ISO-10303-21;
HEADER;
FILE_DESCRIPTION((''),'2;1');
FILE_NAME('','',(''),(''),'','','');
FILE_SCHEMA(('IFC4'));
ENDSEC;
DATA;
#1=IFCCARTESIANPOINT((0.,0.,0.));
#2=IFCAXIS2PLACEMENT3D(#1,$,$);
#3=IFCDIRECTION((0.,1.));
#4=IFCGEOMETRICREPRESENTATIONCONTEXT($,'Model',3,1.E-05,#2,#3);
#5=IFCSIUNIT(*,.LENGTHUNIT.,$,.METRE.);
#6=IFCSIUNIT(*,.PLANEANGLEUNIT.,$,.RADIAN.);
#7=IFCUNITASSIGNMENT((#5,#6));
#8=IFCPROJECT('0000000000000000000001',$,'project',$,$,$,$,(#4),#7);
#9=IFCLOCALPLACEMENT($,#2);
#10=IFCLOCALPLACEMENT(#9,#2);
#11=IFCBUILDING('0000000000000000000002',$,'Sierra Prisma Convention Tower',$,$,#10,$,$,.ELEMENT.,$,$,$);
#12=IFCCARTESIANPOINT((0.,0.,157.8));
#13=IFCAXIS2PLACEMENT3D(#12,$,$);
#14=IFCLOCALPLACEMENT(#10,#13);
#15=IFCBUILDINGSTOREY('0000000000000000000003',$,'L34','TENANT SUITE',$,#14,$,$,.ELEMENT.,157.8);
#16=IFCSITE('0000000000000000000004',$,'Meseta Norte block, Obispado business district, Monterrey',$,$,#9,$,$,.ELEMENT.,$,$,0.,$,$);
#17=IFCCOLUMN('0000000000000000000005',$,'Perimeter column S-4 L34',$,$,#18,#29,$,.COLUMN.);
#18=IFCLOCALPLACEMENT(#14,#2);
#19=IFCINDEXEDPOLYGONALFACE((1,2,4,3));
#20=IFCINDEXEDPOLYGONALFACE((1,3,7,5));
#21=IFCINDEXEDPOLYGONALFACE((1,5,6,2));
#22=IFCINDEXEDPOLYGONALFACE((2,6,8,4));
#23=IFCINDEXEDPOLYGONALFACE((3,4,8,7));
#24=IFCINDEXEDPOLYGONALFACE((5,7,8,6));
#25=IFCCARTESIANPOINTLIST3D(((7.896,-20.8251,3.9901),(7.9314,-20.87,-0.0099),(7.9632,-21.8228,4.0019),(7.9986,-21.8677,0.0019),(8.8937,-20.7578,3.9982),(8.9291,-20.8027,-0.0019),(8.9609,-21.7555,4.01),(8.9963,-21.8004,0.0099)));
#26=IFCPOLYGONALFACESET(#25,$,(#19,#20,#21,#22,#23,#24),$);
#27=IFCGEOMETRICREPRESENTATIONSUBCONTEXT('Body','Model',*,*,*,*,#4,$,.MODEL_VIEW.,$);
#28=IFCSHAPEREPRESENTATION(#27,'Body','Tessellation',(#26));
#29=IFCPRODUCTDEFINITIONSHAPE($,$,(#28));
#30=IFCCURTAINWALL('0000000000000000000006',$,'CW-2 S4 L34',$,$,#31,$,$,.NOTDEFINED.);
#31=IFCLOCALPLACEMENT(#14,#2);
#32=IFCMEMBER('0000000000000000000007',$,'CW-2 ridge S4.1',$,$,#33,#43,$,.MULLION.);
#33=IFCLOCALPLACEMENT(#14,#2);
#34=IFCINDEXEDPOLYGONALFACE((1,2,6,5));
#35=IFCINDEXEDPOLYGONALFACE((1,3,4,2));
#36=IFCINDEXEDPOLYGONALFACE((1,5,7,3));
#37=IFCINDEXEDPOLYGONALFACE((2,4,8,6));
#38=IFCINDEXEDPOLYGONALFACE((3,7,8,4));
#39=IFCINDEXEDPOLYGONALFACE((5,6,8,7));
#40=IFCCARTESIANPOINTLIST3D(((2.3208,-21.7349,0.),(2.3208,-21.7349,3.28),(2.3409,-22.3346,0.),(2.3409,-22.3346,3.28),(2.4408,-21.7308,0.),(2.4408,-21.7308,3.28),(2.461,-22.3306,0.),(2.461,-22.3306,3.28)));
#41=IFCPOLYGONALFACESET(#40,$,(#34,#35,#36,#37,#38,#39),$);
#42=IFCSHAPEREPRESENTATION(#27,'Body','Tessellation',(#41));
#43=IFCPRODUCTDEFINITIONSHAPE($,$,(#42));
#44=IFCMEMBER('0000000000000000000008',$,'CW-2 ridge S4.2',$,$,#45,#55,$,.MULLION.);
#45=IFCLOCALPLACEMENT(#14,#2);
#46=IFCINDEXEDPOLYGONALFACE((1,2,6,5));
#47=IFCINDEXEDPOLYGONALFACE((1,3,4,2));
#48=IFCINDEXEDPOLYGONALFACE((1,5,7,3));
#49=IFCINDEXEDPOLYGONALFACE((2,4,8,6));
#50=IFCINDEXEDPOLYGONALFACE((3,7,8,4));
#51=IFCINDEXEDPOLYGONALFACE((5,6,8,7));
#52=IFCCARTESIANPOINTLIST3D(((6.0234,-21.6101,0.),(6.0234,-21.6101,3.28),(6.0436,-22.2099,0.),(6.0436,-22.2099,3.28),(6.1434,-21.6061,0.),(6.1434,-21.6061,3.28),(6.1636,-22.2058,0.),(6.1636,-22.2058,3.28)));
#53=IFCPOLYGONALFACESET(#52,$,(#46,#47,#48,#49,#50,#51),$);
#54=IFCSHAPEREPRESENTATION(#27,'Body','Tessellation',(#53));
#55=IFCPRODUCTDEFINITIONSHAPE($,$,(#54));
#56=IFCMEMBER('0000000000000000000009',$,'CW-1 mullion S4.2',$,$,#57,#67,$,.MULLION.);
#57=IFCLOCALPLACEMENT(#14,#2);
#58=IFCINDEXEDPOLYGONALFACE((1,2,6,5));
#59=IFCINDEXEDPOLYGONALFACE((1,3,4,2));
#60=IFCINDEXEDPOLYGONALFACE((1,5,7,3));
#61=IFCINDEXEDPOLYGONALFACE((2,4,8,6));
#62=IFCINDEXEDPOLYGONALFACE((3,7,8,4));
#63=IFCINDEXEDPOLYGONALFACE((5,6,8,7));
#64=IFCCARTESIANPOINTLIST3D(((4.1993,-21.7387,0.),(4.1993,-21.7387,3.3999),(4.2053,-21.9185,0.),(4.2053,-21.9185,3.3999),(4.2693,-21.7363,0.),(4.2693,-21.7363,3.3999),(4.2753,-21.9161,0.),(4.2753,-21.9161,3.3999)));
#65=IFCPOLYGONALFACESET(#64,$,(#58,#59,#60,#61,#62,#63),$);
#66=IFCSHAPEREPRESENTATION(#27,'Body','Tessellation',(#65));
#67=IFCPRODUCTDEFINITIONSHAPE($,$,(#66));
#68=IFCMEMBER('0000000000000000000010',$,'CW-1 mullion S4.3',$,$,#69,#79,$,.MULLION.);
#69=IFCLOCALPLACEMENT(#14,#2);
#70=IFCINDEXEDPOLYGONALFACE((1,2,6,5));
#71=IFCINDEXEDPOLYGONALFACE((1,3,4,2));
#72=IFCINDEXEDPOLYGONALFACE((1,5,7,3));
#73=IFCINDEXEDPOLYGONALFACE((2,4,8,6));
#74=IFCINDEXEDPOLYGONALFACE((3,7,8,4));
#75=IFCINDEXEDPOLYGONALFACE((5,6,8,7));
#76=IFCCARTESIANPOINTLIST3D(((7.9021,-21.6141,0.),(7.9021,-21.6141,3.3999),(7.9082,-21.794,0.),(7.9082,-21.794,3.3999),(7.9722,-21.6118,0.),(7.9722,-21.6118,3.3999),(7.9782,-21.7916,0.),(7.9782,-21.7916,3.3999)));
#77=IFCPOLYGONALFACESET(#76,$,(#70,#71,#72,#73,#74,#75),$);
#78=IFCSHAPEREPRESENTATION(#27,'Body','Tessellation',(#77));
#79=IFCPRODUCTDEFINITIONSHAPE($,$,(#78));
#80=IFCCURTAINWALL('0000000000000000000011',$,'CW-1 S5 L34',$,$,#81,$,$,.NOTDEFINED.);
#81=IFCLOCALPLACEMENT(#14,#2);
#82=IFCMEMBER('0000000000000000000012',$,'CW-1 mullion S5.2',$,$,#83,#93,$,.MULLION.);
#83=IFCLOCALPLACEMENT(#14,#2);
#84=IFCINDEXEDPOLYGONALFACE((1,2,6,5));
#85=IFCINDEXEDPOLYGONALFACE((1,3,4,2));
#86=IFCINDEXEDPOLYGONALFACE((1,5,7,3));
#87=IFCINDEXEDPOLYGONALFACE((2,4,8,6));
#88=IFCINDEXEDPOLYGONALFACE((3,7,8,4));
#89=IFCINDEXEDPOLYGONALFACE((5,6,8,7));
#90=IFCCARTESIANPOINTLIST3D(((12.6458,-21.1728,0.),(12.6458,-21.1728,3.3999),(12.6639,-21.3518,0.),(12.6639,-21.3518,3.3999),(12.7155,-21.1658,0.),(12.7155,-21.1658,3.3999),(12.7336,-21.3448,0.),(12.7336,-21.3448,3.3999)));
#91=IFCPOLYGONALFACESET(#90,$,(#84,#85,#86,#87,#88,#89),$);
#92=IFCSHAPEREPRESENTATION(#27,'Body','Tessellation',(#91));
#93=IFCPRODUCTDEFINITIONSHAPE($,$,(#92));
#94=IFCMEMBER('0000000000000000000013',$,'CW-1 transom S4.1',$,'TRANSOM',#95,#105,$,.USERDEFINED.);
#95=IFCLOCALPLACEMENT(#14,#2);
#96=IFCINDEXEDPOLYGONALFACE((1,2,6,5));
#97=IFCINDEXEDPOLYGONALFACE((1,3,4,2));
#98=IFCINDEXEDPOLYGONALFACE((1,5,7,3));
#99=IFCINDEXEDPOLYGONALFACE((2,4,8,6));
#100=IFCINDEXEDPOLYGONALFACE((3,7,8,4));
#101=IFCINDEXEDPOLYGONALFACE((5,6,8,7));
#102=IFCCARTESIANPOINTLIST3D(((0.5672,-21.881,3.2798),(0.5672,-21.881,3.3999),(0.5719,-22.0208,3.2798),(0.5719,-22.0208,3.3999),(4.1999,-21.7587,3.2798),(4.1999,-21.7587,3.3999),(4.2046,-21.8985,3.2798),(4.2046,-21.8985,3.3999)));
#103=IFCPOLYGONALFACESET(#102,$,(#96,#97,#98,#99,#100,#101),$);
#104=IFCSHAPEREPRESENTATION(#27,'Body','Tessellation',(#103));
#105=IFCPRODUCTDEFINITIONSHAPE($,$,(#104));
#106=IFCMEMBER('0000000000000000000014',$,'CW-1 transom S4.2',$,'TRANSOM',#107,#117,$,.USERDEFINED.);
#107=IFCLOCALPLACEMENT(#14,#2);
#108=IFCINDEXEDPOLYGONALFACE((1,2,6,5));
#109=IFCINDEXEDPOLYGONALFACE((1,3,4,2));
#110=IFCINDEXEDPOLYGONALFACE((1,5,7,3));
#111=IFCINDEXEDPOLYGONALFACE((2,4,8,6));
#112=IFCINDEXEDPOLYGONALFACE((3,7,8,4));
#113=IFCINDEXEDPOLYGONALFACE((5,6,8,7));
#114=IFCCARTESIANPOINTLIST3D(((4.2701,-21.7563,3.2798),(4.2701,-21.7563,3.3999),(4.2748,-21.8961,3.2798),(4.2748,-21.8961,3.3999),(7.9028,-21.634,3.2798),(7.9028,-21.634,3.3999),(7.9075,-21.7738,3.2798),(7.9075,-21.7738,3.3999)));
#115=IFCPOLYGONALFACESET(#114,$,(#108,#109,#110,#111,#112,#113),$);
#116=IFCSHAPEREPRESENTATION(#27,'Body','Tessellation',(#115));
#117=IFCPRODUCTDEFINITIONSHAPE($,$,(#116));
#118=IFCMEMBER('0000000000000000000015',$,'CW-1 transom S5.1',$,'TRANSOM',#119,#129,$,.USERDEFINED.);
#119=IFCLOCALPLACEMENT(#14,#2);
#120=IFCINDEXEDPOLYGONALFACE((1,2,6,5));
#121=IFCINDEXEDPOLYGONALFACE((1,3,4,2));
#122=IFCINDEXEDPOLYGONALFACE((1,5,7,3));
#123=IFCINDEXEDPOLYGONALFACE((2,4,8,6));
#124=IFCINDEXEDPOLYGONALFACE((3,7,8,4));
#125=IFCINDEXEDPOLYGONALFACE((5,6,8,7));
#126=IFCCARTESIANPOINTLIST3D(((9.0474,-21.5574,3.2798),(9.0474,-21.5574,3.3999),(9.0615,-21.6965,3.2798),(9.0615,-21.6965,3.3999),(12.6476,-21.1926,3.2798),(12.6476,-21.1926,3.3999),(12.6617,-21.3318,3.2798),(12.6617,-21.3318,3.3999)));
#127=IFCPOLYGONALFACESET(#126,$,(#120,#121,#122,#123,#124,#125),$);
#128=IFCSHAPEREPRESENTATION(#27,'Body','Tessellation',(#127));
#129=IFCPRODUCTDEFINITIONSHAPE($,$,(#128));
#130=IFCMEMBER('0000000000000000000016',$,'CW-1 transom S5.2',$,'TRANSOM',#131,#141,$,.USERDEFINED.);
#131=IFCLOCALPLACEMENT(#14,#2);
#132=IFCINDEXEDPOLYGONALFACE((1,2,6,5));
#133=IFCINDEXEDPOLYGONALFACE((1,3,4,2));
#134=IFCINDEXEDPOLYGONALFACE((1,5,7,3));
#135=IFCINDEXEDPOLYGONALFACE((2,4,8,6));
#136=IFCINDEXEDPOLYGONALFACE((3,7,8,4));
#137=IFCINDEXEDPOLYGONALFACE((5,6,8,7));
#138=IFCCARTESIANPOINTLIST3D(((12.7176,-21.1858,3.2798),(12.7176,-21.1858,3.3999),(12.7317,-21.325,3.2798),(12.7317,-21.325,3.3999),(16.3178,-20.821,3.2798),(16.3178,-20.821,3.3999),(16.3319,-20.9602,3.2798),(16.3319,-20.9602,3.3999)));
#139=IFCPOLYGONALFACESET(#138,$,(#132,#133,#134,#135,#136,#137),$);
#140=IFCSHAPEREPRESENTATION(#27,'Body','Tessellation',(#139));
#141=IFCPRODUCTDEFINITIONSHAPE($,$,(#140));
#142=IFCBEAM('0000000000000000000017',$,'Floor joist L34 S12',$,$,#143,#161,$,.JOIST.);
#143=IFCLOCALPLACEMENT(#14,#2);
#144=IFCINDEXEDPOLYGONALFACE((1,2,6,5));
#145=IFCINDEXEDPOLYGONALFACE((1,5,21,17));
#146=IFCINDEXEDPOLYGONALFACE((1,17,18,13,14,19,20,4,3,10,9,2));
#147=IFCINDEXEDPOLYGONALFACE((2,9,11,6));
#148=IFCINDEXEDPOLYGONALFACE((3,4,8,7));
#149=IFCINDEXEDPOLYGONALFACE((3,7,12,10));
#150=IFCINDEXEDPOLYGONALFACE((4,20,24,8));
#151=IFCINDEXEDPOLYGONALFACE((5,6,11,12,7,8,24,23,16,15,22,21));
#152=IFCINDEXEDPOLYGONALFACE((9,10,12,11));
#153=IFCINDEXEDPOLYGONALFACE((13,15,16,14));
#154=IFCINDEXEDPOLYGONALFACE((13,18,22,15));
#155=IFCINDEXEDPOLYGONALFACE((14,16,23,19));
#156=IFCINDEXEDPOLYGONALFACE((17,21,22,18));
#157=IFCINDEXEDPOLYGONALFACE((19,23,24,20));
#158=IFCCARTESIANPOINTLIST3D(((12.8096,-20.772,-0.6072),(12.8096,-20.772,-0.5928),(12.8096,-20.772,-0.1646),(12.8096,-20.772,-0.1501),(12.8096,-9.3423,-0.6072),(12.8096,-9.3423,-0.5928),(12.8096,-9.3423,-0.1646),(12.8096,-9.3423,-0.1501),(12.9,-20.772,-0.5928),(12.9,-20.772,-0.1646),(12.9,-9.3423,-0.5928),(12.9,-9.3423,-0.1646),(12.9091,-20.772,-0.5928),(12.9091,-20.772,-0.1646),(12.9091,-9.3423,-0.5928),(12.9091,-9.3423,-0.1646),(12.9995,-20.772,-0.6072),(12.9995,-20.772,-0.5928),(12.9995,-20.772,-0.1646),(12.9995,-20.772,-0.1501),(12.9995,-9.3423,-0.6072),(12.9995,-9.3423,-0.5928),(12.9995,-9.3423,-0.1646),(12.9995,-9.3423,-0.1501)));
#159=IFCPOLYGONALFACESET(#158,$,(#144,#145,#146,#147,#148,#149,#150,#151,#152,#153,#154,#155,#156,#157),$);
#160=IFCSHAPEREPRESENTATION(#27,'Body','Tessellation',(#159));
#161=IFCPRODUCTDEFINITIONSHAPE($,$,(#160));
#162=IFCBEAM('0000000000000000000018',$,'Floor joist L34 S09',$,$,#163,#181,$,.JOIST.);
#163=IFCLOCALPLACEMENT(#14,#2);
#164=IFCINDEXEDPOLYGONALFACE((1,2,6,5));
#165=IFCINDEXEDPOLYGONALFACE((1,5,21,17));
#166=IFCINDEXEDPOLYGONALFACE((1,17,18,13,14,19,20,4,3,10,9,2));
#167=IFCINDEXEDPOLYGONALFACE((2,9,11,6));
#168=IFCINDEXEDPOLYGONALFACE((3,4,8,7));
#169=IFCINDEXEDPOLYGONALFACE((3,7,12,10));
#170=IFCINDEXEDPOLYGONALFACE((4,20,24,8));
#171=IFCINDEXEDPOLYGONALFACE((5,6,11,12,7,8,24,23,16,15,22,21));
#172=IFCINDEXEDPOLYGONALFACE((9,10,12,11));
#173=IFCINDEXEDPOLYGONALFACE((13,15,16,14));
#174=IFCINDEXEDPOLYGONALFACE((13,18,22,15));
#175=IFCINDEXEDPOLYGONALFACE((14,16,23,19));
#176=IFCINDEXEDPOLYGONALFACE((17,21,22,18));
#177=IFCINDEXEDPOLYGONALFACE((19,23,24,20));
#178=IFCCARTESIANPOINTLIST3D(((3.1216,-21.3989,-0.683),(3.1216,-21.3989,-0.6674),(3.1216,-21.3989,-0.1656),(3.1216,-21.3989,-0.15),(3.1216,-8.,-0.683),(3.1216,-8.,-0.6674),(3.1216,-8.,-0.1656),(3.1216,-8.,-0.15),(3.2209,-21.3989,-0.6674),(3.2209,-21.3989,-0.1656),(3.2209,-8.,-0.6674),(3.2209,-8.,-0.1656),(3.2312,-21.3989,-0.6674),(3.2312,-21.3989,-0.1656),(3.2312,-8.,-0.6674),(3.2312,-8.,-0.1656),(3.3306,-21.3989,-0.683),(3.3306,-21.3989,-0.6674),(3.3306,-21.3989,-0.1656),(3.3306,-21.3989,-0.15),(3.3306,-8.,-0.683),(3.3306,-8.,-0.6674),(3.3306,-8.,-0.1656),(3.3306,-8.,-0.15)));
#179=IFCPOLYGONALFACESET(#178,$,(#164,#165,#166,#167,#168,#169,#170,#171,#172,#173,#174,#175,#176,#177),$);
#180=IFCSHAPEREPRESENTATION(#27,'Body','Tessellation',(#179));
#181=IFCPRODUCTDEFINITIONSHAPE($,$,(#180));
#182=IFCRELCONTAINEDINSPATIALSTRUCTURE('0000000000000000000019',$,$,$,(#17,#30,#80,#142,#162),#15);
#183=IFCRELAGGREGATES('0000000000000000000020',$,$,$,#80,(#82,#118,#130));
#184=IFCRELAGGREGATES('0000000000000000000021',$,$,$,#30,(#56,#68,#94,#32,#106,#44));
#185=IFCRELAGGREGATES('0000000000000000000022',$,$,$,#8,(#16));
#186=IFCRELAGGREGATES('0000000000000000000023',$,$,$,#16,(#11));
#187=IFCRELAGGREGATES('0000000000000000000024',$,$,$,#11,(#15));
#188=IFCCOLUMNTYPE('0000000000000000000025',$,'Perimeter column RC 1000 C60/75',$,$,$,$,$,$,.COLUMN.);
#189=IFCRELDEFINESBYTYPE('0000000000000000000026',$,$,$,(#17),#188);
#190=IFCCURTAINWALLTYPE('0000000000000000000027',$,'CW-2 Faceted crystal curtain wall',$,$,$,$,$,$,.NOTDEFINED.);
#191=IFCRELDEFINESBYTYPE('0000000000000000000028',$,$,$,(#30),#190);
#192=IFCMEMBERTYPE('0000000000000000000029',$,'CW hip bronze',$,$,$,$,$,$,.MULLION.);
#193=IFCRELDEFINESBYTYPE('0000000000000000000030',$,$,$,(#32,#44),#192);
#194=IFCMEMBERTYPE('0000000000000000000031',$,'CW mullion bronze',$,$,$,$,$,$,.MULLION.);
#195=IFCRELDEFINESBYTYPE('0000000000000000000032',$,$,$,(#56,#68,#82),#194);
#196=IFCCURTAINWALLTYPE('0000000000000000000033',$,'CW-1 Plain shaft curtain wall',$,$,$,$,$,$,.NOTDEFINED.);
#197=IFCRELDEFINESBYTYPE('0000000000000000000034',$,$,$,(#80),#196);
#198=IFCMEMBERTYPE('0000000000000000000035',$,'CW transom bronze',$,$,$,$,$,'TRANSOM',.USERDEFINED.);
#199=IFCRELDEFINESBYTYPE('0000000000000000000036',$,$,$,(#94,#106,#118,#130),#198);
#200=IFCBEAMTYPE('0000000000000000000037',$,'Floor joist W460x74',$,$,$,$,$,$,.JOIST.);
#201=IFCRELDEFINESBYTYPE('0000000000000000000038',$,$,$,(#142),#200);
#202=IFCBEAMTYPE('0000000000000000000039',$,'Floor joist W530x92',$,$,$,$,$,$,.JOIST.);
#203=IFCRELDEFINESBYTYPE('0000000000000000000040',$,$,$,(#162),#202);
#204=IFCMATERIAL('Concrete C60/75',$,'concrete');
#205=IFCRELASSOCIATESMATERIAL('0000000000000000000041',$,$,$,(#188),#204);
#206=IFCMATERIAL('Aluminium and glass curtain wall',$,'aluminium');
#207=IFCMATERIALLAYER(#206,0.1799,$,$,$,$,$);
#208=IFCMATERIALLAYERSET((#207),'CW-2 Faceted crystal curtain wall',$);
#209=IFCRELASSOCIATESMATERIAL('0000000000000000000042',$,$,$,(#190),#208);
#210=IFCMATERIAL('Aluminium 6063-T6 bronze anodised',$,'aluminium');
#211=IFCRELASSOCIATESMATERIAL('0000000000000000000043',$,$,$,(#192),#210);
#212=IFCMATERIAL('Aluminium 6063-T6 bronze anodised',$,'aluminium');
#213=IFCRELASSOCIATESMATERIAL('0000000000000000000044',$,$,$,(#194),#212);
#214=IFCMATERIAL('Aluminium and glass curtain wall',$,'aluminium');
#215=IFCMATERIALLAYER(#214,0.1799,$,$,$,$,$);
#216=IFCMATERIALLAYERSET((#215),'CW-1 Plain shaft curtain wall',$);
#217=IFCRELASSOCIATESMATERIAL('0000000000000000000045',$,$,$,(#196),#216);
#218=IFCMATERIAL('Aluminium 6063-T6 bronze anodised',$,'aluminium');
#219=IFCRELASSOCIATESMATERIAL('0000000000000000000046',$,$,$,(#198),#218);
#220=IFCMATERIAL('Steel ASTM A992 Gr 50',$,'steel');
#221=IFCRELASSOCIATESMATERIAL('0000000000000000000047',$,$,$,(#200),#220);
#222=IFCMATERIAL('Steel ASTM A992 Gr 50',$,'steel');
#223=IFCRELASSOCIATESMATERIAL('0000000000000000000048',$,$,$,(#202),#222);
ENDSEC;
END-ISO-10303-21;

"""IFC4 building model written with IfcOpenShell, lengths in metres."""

from ifc_helpers import new_model, si_unit, direction, frame, origin, origin_2d, place, context, subcontext, project, spatial, rectangle, i_section, extrude, material, layer, layer_set, material_profile, profile_set, type_object, element, aggregate, save


model = new_model("IFC4")

# Units and contexts
model_context = context("Model", 3, precision=1e-05, world=origin(), true_north=direction((0.0, 1.0)))
body_context = subcontext(model_context, "Body", "Model", "MODEL_VIEW")
ifc_project = project(units=[si_unit("LENGTHUNIT", "METRE"), si_unit("PLANEANGLEUNIT", "RADIAN")], contexts=[model_context])

# Site, building, storey
site_placement = place(None, origin())
site = spatial("IfcSite", under=ifc_project, at=site_placement, Name="Meseta Norte block, Obispado business district, Monterrey", CompositionType="ELEMENT", RefElevation=0.0)
building_placement = place(site_placement, origin())
building = spatial("IfcBuilding", under=site, at=building_placement, Name="Sierra Prisma Convention Tower", CompositionType="ELEMENT")
storey_placement = place(building_placement, frame((0.0, 0.0, 157.8)))
storey = spatial("IfcBuildingStorey", under=building, at=storey_placement, Name="L34", Description="TENANT SUITE", CompositionType="ELEMENT", Elevation=157.8)

# Column
ifc_material_1 = material(Name="Concrete C60/75", Category="concrete")
ifc_material_profile_1 = material_profile(ifc_material_1, rectangle(XDim=1.0, YDim=1.0, at=origin_2d()), Name="Perimeter column RC 1000 C60/75")
ifc_profile_set_1 = profile_set([ifc_material_profile_1], Name="Concrete C60/75")
column_type = type_object("IfcColumnType", Name="Perimeter column RC 1000 C60/75", PredefinedType="COLUMN", material=ifc_profile_set_1)
column_placement = place(storey_placement, frame((8.4639, -21.3352, 0.0), z_axis=(-0.008849, 0.011229, 0.999898), x_axis=(0.997698, 0.067328, 0.008074)))
element("IfcColumn", 1, at=column_placement, inside=storey, type_object=column_type, Name="Perimeter column S-4 L34", PredefinedType="COLUMN", context=body_context, shape_type="SweptSolid", body=[
    extrude(rectangle(XDim=1.0, YDim=1.0, at=origin_2d()), origin(), (0.0, 0.0, 1.0), 4.0005),
])

# Curtain wall, members
ifc_material_2 = material(Name="Aluminium and glass curtain wall", Category="aluminium")
ifc_layer_1 = layer(ifc_material_2, 0.1799)
ifc_layer_set_1 = layer_set([ifc_layer_1], Name="CW-2 Faceted crystal curtain wall")
curtain_wall_type_1 = type_object("IfcCurtainWallType", Name="CW-2 Faceted crystal curtain wall", PredefinedType="NOTDEFINED", material=ifc_layer_set_1)
curtain_wall_1_placement = place(storey_placement, origin())
curtain_wall_1 = element("IfcCurtainWall", 2, at=curtain_wall_1_placement, inside=storey, type_object=curtain_wall_type_1, Name="CW-2 S4 L34", PredefinedType="NOTDEFINED")
ifc_material_3 = material(Name="Aluminium 6063-T6 bronze anodised", Category="aluminium")
ifc_material_profile_2 = material_profile(ifc_material_3, rectangle(XDim=0.1201, YDim=0.6001, at=origin_2d()), Name="ALU RIDGE BLADE 120x600")
ifc_profile_set_2 = profile_set([ifc_material_profile_2], Name="Aluminium 6063-T6 bronze anodised")
member_type_1 = type_object("IfcMemberType", Name="CW hip bronze", PredefinedType="MULLION", material=ifc_profile_set_2)
member_1_placement = place(storey_placement, frame((2.3909, -22.0327, 0.0), z_axis=(0.0, 0.0, 1.0), x_axis=(0.999434, 0.033636, 0.0)))
member_1 = element("IfcMember", 3, at=member_1_placement, type_object=member_type_1, Name="CW-2 ridge S4.1", PredefinedType="MULLION", context=body_context, shape_type="SweptSolid", body=[
    extrude(rectangle(XDim=0.1201, YDim=0.6001, at=origin_2d()), origin(), (0.0, 0.0, 1.0), 3.28),
])
member_2_placement = place(storey_placement, frame((6.0935, -21.908, 0.0), z_axis=(0.0, 0.0, 1.0), x_axis=(0.999434, 0.033636, 0.0)))
member_2 = element("IfcMember", 4, at=member_2_placement, type_object=member_type_1, Name="CW-2 ridge S4.2", PredefinedType="MULLION", context=body_context, shape_type="SweptSolid", body=[
    extrude(rectangle(XDim=0.1201, YDim=0.6001, at=origin_2d()), origin(), (0.0, 0.0, 1.0), 3.28),
])
ifc_material_4 = material(Name="Aluminium 6063-T6 bronze anodised", Category="aluminium")
ifc_material_profile_3 = material_profile(ifc_material_4, rectangle(XDim=0.1799, YDim=0.0701, at=origin_2d()), Name="ALU MULLION 70x180")
ifc_profile_set_3 = profile_set([ifc_material_profile_3], Name="Aluminium 6063-T6 bronze anodised")
member_type_2 = type_object("IfcMemberType", Name="CW mullion bronze", PredefinedType="MULLION", material=ifc_profile_set_3)
member_3_placement = place(storey_placement, frame((4.2373, -21.8274, 0.0), z_axis=(0.0, 0.0, 1.0), x_axis=(-0.033636, 0.999434, 0.0)))
member_3 = element("IfcMember", 5, at=member_3_placement, type_object=member_type_2, Name="CW-1 mullion S4.2", PredefinedType="MULLION", context=body_context, shape_type="SweptSolid", body=[
    extrude(rectangle(XDim=0.1799, YDim=0.0701, at=origin_2d()), origin(), (0.0, 0.0, 1.0), 3.3999),
])
member_4_placement = place(storey_placement, frame((7.9402, -21.7029, 0.0), z_axis=(0.0, 0.0, 1.0), x_axis=(-0.033636, 0.999434, 0.0)))
member_4 = element("IfcMember", 6, at=member_4_placement, type_object=member_type_2, Name="CW-1 mullion S4.3", PredefinedType="MULLION", context=body_context, shape_type="SweptSolid", body=[
    extrude(rectangle(XDim=0.1799, YDim=0.0701, at=origin_2d()), origin(), (0.0, 0.0, 1.0), 3.3999),
])

# Curtain wall, member
ifc_material_5 = material(Name="Aluminium and glass curtain wall", Category="aluminium")
ifc_layer_2 = layer(ifc_material_5, 0.1799)
ifc_layer_set_2 = layer_set([ifc_layer_2], Name="CW-1 Plain shaft curtain wall")
curtain_wall_type_2 = type_object("IfcCurtainWallType", Name="CW-1 Plain shaft curtain wall", PredefinedType="NOTDEFINED", material=ifc_layer_set_2)
curtain_wall_2_placement = place(storey_placement, origin())
curtain_wall_2 = element("IfcCurtainWall", 7, at=curtain_wall_2_placement, inside=storey, type_object=curtain_wall_type_2, Name="CW-1 S5 L34", PredefinedType="NOTDEFINED")
member_5_placement = place(storey_placement, frame((12.6897, -21.2588, 0.0), z_axis=(0.0, 0.0, 1.0), x_axis=(-0.100755, 0.994911, 0.0)))
member_5 = element("IfcMember", 8, at=member_5_placement, type_object=member_type_2, Name="CW-1 mullion S5.2", PredefinedType="MULLION", context=body_context, shape_type="SweptSolid", body=[
    extrude(rectangle(XDim=0.1799, YDim=0.0701, at=origin_2d()), origin(), (0.0, 0.0, 1.0), 3.3999),
])

# Members
ifc_material_6 = material(Name="Aluminium 6063-T6 bronze anodised", Category="aluminium")
ifc_material_profile_4 = material_profile(ifc_material_6, rectangle(XDim=0.1399, YDim=0.1201, at=origin_2d()), Name="ALU TRANSOM 120x140")
ifc_profile_set_4 = profile_set([ifc_material_profile_4], Name="Aluminium 6063-T6 bronze anodised")
member_type_3 = type_object("IfcMemberType", Name="CW transom bronze", ElementType="TRANSOM", PredefinedType="USERDEFINED", material=ifc_profile_set_4)
member_6_placement = place(storey_placement, frame((0.5696, -21.9509, 3.3398), z_axis=(0.999434, 0.03365, 0.0), x_axis=(-0.03365, 0.999434, 0.0)))
member_6 = element("IfcMember", 9, at=member_6_placement, type_object=member_type_3, Name="CW-1 transom S4.1", ObjectType="TRANSOM", PredefinedType="USERDEFINED", context=body_context, shape_type="SweptSolid", body=[
    extrude(rectangle(XDim=0.1399, YDim=0.1201, at=origin_2d()), origin(), (0.0, 0.0, 1.0), 3.6348),
])
member_7_placement = place(storey_placement, frame((4.2725, -21.8262, 3.3398), z_axis=(0.999434, 0.03365, 0.0), x_axis=(-0.03365, 0.999434, 0.0)))
member_7 = element("IfcMember", 10, at=member_7_placement, type_object=member_type_3, Name="CW-1 transom S4.2", ObjectType="TRANSOM", PredefinedType="USERDEFINED", context=body_context, shape_type="SweptSolid", body=[
    extrude(rectangle(XDim=0.1399, YDim=0.1201, at=origin_2d()), origin(), (0.0, 0.0, 1.0), 3.6348),
])
member_8_placement = place(storey_placement, frame((9.0544, -21.627, 3.3398), z_axis=(0.994907, 0.100793, 0.0), x_axis=(-0.100793, 0.994907, 0.0)))
member_8 = element("IfcMember", 11, at=member_8_placement, type_object=member_type_3, Name="CW-1 transom S5.1", ObjectType="TRANSOM", PredefinedType="USERDEFINED", context=body_context, shape_type="SweptSolid", body=[
    extrude(rectangle(XDim=0.1399, YDim=0.1201, at=origin_2d()), origin(), (0.0, 0.0, 1.0), 3.6187),
])
member_9_placement = place(storey_placement, frame((12.7246, -21.2554, 3.3398), z_axis=(0.994907, 0.100793, 0.0), x_axis=(-0.100793, 0.994907, 0.0)))
member_9 = element("IfcMember", 12, at=member_9_placement, type_object=member_type_3, Name="CW-1 transom S5.2", ObjectType="TRANSOM", PredefinedType="USERDEFINED", context=body_context, shape_type="SweptSolid", body=[
    extrude(rectangle(XDim=0.1399, YDim=0.1201, at=origin_2d()), origin(), (0.0, 0.0, 1.0), 3.6187),
])

# Beams
ifc_material_7 = material(Name="Steel ASTM A992 Gr 50", Category="steel")
ifc_material_profile_5 = material_profile(ifc_material_7, i_section(OverallWidth=0.1899, OverallDepth=0.457, WebThickness=0.009, FlangeThickness=0.0144, at=origin_2d()), Name="W460x74")
ifc_profile_set_5 = profile_set([ifc_material_profile_5], Name="Steel ASTM A992 Gr 50")
beam_type_1 = type_object("IfcBeamType", Name="Floor joist W460x74", PredefinedType="JOIST", material=ifc_profile_set_5)
beam_1_placement = place(storey_placement, frame((12.9045, -20.772, -0.3787), z_axis=(0.0, 1.0, 0.0), x_axis=(-1.0, 0.0, 0.0)))
element("IfcBeam", 13, at=beam_1_placement, inside=storey, type_object=beam_type_1, Name="Floor joist L34 S12", PredefinedType="JOIST", context=body_context, shape_type="SweptSolid", body=[
    extrude(i_section(OverallWidth=0.1899, OverallDepth=0.457, WebThickness=0.009, FlangeThickness=0.0144, at=origin_2d()), origin(), (0.0, 0.0, 1.0), 11.4297),
])
ifc_material_8 = material(Name="Steel ASTM A992 Gr 50", Category="steel")
ifc_material_profile_6 = material_profile(ifc_material_8, i_section(OverallWidth=0.209, OverallDepth=0.533, WebThickness=0.0103, FlangeThickness=0.0156, at=origin_2d()), Name="W530x92")
ifc_profile_set_6 = profile_set([ifc_material_profile_6], Name="Steel ASTM A992 Gr 50")
beam_type_2 = type_object("IfcBeamType", Name="Floor joist W530x92", PredefinedType="JOIST", material=ifc_profile_set_6)
beam_2_placement = place(storey_placement, frame((3.2261, -21.3989, -0.4165), z_axis=(0.0, 1.0, 0.0), x_axis=(-1.0, 0.0, 0.0)))
element("IfcBeam", 14, at=beam_2_placement, inside=storey, type_object=beam_type_2, Name="Floor joist L34 S09", PredefinedType="JOIST", context=body_context, shape_type="SweptSolid", body=[
    extrude(i_section(OverallWidth=0.209, OverallDepth=0.533, WebThickness=0.0103, FlangeThickness=0.0156, at=origin_2d()), origin(), (0.0, 0.0, 1.0), 13.3989),
])

aggregate(curtain_wall_2, [member_5, member_8, member_9])
aggregate(curtain_wall_1, [member_3, member_4, member_6, member_1, member_7, member_2])

save(model, "model.ifc")
